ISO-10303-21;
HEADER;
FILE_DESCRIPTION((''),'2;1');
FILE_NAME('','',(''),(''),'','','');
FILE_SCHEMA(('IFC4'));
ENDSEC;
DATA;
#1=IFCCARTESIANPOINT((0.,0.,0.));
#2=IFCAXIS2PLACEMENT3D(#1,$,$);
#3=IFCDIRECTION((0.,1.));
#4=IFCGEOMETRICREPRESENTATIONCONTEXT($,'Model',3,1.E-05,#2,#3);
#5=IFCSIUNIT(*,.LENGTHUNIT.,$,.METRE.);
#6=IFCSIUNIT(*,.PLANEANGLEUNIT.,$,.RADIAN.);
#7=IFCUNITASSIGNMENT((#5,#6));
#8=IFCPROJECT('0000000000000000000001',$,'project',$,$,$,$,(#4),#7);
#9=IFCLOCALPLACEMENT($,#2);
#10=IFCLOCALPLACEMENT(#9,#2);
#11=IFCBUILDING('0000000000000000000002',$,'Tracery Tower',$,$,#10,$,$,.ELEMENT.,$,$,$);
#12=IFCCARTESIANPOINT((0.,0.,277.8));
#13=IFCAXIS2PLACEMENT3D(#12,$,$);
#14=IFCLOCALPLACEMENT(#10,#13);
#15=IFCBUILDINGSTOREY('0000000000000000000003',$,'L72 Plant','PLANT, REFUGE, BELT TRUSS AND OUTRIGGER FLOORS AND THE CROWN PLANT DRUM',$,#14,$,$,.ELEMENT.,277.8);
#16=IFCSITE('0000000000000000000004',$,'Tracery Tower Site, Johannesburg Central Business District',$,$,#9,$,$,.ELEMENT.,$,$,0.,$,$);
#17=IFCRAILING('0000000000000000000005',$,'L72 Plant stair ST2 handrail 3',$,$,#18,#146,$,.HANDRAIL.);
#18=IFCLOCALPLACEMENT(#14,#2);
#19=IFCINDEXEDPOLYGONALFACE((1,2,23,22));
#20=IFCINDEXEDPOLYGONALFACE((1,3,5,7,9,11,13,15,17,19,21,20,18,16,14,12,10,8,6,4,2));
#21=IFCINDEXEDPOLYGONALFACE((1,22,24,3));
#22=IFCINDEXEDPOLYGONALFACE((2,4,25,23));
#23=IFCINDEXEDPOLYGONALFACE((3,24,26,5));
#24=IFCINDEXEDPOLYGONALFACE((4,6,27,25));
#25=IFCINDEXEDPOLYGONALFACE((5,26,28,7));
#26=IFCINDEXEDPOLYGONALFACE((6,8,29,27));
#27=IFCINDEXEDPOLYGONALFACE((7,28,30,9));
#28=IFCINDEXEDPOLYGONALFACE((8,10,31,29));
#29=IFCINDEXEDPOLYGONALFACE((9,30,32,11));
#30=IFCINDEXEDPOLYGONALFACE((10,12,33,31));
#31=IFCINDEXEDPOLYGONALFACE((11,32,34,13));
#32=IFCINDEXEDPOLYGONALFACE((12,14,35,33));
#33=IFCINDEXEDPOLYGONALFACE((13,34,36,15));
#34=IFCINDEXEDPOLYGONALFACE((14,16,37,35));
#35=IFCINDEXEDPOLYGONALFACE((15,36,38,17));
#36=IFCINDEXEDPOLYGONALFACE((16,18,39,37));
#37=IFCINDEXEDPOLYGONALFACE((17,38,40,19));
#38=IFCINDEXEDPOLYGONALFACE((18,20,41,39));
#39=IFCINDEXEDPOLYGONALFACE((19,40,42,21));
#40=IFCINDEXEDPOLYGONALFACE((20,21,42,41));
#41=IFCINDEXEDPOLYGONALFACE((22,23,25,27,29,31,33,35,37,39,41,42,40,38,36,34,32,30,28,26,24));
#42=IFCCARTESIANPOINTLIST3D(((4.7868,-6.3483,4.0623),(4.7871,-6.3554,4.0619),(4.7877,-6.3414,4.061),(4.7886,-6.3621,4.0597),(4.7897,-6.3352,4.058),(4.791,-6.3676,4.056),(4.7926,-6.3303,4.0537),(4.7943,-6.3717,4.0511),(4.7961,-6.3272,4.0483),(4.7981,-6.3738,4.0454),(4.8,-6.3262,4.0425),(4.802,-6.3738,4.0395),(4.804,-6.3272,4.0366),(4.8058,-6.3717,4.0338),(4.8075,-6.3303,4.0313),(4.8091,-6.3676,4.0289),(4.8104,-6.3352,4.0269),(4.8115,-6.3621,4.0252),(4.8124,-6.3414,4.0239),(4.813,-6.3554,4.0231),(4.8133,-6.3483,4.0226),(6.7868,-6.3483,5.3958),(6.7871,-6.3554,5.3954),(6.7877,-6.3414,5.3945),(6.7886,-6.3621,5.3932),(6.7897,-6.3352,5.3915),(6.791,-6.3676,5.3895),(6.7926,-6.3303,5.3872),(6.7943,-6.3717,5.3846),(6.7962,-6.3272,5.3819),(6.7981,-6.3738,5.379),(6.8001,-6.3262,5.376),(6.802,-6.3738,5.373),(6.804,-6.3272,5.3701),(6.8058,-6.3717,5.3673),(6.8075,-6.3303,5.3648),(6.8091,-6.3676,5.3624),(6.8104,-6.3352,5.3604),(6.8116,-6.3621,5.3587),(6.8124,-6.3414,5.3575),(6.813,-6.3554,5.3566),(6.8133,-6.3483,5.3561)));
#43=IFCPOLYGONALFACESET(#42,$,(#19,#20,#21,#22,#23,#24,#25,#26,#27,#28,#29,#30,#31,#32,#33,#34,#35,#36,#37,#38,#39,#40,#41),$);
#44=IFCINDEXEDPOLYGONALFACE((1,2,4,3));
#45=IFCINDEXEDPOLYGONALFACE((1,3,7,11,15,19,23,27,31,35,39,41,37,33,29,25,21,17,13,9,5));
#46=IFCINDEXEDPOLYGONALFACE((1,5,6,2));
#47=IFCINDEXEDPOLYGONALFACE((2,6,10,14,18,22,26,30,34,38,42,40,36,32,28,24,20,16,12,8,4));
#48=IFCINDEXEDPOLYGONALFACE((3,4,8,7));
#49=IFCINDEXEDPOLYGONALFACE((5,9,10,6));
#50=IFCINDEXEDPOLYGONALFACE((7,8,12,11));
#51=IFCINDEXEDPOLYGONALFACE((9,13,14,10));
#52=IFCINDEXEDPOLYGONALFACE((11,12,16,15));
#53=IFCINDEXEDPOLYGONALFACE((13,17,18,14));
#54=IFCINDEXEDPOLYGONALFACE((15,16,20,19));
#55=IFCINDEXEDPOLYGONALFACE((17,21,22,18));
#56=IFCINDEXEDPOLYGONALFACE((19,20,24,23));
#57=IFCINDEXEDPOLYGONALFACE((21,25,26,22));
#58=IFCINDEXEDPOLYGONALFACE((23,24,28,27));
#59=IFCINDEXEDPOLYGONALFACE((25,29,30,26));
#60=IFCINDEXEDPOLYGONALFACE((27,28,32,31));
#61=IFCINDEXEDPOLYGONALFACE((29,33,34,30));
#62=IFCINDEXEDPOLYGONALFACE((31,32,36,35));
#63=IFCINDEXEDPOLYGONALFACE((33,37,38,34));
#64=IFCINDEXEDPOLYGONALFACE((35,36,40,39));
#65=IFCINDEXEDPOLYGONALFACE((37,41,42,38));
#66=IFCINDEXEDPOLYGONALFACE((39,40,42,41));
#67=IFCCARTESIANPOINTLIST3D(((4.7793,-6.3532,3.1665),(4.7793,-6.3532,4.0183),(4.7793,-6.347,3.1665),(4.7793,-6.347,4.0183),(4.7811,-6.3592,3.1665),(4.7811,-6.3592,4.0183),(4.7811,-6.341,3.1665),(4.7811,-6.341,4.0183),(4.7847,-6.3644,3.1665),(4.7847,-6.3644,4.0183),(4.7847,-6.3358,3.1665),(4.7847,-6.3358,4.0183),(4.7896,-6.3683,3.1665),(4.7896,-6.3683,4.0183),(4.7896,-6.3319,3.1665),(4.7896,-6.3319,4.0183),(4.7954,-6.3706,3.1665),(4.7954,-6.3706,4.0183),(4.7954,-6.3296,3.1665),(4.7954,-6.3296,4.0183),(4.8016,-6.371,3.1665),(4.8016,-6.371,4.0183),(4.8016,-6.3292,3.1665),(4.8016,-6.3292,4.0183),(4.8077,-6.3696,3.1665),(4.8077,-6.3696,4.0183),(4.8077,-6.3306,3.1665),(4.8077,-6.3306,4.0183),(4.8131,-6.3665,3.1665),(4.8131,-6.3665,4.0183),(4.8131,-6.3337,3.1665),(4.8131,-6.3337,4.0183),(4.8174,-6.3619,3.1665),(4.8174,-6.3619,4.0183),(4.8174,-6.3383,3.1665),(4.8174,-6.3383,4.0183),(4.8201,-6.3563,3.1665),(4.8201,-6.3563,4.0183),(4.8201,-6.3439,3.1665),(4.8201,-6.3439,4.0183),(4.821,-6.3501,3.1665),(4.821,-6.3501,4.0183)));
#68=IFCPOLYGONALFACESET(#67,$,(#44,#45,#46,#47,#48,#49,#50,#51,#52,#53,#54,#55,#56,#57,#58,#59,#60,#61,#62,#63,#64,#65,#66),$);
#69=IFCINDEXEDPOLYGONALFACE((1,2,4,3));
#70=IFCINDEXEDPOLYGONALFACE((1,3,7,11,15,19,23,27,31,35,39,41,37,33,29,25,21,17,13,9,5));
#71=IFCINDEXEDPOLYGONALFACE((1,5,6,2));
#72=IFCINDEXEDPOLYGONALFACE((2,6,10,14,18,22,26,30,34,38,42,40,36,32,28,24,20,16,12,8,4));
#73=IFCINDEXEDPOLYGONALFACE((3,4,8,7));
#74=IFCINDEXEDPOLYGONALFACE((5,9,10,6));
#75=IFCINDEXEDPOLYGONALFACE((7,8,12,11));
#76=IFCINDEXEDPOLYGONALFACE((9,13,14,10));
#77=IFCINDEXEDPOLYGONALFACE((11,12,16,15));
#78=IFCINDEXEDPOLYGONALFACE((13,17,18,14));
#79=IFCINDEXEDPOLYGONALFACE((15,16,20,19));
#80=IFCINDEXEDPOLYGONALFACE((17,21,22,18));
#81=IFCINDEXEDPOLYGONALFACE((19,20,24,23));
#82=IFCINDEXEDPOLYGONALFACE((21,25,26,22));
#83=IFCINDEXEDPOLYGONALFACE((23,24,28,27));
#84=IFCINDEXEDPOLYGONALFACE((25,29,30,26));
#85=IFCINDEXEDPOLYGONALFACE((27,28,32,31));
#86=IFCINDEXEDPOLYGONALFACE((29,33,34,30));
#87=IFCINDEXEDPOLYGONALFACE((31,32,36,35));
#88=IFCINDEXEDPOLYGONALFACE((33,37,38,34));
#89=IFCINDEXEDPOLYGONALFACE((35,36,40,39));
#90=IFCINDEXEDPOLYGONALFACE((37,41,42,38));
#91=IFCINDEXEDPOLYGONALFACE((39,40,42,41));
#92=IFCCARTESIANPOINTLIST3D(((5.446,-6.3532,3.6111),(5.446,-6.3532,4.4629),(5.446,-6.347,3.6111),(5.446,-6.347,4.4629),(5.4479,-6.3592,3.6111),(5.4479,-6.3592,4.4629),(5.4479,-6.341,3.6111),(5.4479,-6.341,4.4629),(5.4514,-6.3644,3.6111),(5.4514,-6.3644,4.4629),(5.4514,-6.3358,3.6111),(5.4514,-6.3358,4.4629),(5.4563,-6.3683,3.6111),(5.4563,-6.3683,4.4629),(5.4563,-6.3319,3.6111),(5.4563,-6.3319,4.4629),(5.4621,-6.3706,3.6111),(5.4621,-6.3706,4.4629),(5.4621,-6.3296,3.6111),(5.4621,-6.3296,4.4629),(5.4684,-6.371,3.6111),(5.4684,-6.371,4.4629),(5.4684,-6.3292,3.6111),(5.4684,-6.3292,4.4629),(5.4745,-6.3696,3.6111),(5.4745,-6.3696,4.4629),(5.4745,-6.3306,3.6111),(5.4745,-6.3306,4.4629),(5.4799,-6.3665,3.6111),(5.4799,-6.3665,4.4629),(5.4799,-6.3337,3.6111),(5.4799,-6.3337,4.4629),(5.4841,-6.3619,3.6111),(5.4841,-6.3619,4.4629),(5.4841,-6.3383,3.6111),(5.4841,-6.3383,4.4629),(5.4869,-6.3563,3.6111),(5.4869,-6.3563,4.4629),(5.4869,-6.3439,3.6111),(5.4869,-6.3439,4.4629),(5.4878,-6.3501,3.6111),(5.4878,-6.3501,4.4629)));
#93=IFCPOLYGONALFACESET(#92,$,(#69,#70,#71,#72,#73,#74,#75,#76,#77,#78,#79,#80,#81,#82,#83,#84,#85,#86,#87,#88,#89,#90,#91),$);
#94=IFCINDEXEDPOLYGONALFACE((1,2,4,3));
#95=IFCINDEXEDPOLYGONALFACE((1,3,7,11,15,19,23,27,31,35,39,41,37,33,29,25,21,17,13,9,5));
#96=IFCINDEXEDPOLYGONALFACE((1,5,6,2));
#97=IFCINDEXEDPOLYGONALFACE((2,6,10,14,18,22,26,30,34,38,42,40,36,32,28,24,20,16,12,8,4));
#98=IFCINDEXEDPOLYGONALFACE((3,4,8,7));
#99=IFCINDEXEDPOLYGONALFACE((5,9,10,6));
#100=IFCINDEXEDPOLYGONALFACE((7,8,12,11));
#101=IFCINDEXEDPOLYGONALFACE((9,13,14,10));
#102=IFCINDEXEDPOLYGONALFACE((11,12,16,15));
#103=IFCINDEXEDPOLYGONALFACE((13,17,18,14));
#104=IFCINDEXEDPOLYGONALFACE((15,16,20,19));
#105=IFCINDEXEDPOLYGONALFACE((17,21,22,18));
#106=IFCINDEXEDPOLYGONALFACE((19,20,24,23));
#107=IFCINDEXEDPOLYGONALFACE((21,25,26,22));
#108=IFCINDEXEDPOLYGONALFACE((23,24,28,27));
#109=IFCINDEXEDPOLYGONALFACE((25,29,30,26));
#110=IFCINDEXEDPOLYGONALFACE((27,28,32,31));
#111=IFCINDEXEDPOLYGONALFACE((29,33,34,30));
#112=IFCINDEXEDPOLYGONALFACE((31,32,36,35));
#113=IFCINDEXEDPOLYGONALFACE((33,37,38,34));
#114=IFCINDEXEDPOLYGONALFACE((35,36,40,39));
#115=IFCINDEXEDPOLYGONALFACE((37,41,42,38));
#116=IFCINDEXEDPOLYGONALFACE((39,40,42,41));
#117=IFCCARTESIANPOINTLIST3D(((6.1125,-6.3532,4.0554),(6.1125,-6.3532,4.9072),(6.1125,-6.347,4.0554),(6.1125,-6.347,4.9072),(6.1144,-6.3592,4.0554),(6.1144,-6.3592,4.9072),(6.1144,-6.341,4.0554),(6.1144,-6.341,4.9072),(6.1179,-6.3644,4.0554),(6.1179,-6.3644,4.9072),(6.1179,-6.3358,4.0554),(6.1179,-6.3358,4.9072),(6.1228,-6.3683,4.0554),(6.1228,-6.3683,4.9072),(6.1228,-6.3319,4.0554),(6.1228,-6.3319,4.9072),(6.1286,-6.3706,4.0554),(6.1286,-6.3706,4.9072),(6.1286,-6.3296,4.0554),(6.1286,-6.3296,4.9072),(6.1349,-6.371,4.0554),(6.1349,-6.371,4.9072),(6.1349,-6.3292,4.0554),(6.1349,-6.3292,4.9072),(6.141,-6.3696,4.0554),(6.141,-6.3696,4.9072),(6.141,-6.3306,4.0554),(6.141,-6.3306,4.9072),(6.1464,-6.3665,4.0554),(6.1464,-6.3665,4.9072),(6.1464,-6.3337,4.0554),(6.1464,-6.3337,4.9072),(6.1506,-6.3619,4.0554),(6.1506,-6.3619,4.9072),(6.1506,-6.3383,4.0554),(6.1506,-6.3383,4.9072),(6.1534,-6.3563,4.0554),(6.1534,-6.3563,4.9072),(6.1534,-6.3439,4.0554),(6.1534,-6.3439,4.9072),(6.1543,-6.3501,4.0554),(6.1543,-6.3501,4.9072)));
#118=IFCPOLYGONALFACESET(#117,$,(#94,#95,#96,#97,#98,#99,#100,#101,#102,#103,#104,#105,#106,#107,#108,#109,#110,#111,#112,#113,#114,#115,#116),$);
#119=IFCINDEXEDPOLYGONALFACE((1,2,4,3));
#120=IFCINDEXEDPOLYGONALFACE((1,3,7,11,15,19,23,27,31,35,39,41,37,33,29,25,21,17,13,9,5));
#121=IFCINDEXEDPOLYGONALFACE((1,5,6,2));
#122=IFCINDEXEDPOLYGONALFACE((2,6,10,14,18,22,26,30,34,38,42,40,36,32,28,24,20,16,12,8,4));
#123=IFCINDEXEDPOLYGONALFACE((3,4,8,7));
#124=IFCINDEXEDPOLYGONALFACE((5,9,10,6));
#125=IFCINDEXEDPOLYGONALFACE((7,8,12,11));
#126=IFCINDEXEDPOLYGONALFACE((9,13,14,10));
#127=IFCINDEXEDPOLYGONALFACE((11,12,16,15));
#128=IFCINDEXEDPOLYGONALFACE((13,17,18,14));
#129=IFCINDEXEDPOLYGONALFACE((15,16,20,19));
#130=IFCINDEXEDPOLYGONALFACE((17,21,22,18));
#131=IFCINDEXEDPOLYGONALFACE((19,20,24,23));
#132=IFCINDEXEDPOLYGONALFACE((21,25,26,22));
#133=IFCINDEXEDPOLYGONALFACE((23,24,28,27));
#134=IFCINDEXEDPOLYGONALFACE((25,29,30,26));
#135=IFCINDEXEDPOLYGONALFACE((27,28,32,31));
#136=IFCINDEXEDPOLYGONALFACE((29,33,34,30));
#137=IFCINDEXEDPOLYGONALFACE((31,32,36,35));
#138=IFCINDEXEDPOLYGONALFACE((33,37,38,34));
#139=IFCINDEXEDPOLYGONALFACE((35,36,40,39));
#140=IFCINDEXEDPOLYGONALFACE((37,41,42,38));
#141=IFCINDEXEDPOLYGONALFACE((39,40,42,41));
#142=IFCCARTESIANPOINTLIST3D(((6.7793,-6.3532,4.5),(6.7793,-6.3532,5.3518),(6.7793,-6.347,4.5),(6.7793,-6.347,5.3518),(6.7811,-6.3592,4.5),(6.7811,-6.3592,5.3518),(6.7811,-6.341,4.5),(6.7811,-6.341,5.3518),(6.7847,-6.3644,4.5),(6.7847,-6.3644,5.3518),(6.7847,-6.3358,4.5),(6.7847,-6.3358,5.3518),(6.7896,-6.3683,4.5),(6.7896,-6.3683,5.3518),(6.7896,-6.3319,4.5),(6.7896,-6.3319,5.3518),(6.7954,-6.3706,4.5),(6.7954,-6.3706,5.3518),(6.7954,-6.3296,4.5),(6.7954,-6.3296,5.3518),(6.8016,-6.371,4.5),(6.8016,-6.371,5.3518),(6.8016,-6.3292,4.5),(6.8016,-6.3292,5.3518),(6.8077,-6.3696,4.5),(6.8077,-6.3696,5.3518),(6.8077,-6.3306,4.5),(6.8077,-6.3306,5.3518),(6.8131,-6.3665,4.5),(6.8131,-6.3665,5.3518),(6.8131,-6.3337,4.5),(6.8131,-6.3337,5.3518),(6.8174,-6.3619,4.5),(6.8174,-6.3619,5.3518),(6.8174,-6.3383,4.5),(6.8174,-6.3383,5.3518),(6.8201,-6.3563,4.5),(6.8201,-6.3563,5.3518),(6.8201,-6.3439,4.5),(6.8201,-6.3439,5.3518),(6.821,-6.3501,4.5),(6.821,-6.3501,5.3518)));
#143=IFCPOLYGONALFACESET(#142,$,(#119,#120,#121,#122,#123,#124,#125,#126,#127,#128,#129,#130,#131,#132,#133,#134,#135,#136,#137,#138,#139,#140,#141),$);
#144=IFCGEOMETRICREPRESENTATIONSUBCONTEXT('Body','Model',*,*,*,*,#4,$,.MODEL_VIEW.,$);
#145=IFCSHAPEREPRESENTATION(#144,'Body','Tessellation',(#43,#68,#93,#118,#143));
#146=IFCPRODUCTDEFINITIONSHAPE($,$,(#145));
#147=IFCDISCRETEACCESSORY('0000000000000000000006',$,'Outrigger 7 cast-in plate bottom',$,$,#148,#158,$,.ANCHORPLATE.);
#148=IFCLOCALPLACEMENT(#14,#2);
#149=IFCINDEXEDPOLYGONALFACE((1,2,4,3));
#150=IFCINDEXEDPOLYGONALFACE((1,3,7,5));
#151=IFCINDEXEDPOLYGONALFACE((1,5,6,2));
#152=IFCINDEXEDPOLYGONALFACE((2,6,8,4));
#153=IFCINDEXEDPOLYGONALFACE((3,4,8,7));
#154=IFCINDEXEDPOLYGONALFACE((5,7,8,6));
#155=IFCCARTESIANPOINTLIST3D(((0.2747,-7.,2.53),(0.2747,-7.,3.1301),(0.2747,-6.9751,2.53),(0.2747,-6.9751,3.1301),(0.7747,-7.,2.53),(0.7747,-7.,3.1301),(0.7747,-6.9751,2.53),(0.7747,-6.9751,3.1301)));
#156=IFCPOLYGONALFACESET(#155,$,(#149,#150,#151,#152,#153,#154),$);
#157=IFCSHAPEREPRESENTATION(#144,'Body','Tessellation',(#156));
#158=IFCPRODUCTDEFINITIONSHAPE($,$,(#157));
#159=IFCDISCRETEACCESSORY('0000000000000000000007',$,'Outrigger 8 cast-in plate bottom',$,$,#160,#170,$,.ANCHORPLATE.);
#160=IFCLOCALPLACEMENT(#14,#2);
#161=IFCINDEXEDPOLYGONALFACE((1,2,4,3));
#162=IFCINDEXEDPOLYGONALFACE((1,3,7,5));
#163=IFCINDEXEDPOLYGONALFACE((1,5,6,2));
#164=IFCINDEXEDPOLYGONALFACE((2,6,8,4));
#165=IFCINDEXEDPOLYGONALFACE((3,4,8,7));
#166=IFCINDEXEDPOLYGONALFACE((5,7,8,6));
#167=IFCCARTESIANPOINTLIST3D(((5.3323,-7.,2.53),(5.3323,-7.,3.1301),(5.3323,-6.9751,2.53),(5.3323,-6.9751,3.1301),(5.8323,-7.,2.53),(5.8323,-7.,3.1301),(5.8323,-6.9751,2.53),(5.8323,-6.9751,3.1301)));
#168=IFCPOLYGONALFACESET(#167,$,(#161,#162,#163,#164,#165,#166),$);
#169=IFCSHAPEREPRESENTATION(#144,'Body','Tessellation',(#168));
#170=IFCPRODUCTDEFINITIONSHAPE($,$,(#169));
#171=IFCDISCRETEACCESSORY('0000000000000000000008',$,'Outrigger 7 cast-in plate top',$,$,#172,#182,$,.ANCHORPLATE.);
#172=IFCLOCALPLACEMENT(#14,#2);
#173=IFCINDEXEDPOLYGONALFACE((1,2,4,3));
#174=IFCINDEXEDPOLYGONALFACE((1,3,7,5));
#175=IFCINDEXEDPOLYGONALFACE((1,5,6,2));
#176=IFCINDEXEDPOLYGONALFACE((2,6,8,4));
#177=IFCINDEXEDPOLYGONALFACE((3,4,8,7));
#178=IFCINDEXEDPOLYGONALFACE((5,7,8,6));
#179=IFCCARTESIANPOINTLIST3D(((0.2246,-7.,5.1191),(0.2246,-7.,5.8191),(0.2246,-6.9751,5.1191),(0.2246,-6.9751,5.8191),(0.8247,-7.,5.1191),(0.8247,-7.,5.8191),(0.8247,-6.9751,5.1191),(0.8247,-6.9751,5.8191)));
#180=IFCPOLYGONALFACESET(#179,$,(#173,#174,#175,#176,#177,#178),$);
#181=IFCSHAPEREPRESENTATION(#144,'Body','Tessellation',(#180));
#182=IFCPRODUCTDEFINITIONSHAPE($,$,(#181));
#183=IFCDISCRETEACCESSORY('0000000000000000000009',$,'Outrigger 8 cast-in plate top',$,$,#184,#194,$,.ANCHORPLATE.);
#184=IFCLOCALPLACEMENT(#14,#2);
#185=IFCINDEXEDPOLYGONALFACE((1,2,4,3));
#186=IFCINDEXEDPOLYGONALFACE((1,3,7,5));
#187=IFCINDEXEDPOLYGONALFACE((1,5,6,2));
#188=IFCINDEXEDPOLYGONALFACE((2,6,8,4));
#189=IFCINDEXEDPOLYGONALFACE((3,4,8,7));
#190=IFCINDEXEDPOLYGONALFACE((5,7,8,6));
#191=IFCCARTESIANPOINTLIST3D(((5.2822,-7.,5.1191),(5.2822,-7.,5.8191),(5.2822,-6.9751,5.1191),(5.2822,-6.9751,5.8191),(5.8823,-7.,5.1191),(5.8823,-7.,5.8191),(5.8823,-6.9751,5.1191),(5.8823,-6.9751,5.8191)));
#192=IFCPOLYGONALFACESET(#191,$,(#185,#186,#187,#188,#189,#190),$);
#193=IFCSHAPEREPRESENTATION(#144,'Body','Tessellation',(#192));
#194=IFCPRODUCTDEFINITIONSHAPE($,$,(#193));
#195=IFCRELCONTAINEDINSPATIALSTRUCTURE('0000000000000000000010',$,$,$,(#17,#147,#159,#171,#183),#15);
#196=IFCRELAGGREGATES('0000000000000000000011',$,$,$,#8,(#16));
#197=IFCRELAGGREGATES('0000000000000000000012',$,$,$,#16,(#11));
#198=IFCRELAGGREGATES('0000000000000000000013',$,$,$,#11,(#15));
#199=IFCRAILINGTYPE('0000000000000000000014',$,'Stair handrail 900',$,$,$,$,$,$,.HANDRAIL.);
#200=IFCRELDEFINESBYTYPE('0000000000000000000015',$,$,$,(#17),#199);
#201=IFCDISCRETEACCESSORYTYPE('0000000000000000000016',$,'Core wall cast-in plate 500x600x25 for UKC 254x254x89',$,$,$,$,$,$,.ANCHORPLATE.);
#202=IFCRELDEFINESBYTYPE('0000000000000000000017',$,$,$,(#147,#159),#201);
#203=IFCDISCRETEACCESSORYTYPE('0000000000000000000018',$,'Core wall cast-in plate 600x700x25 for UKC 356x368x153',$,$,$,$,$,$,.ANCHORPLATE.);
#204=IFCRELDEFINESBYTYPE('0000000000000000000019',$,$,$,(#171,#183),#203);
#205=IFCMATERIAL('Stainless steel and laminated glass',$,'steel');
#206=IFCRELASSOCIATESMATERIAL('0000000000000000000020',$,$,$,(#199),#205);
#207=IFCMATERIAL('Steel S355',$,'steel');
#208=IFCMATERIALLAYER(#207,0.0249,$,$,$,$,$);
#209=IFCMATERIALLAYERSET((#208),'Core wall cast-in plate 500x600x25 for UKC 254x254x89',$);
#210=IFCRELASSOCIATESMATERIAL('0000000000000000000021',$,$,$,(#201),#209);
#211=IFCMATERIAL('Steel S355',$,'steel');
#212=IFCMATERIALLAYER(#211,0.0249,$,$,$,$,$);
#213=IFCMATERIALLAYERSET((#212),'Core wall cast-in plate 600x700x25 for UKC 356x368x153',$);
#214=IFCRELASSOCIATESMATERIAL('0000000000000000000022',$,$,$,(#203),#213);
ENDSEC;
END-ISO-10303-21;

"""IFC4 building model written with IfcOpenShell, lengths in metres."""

from ifc_helpers import new_model, si_unit, direction, frame, origin, origin_2d, place, context, subcontext, project, spatial, rectangle, circle, extrude, material, layer, layer_set, type_object, element, save


model = new_model("IFC4")

# Units and contexts
model_context = context("Model", 3, precision=1e-05, world=origin(), true_north=direction((0.0, 1.0)))
body_context = subcontext(model_context, "Body", "Model", "MODEL_VIEW")
ifc_project = project(units=[si_unit("LENGTHUNIT", "METRE"), si_unit("PLANEANGLEUNIT", "RADIAN")], contexts=[model_context])

# Site, building, storey
site_placement = place(None, origin())
site = spatial("IfcSite", under=ifc_project, at=site_placement, Name="Tracery Tower Site, Johannesburg Central Business District", CompositionType="ELEMENT", RefElevation=0.0)
building_placement = place(site_placement, origin())
building = spatial("IfcBuilding", under=site, at=building_placement, Name="Tracery Tower", CompositionType="ELEMENT")
storey_placement = place(building_placement, frame((0.0, 0.0, 277.8)))
storey = spatial("IfcBuildingStorey", under=building, at=storey_placement, Name="L72 Plant", Description="PLANT, REFUGE, BELT TRUSS AND OUTRIGGER FLOORS AND THE CROWN PLANT DRUM", CompositionType="ELEMENT", Elevation=277.8)

# Railing
ifc_material_1 = material(Name="Stainless steel and laminated glass", Category="steel")
railing_type_1 = type_object("IfcRailingType", Name="Stair handrail 900", PredefinedType="HANDRAIL", material=ifc_material_1)
for number, where, name in (
    (1, (4.8, -6.3501, 3.1665), "L72 Plant stair ST2 handrail 3"),
):
    element("IfcRailing", number, at=place(storey_placement, frame(where)), inside=storey, type_object=railing_type_1, Name=name, PredefinedType="HANDRAIL", context=body_context, shape_type="SweptSolid", body=[
        extrude(circle(Radius=0.0239, at=origin_2d()), frame((0.0, 0.0, 0.876), z_axis=(0.832019, 0.0, 0.554747), x_axis=(0.0, 1.0, 0.0)), (0.0, 0.0, 1.0), 2.4038),
        extrude(circle(Radius=0.021, at=origin_2d()), origin(), (0.0, 0.0, 1.0), 0.8518),
        extrude(circle(Radius=0.021, at=origin_2d()), frame((0.6667, 0.0, 0.4446)), (0.0, 0.0, 1.0), 0.8518),
        extrude(circle(Radius=0.021, at=origin_2d()), frame((1.3333, 0.0, 0.8889)), (0.0, 0.0, 1.0), 0.8518),
        extrude(circle(Radius=0.021, at=origin_2d()), frame((2.0, 0.0, 1.3335)), (0.0, 0.0, 1.0), 0.8518),
    ])

# Discrete accessories
ifc_material_2 = material(Name="Steel S355", Category="steel")
ifc_layer_1 = layer(ifc_material_2, 0.0249)
ifc_layer_set_1 = layer_set([ifc_layer_1], Name="Core wall cast-in plate 500x600x25 for UKC 254x254x89")
discrete_accessory_type_1 = type_object("IfcDiscreteAccessoryType", Name="Core wall cast-in plate 500x600x25 for UKC 254x254x89", PredefinedType="ANCHORPLATE", material=ifc_layer_set_1)
for number, where, z_axis, x_axis, name in (
    (2, (0.5247, -6.9875, 2.53), (0.0, 0.0, 1.0), (1.0, 0.0, 0.0), "Outrigger 7 cast-in plate bottom"),
    (3, (5.5823, -6.9875, 2.53), (0.0, 0.0, 1.0), (1.0, 0.0, 0.0), "Outrigger 8 cast-in plate bottom"),
):
    element("IfcDiscreteAccessory", number, at=place(storey_placement, frame(where, z_axis=z_axis, x_axis=x_axis)), inside=storey, type_object=discrete_accessory_type_1, Name=name, PredefinedType="ANCHORPLATE", context=body_context, shape_type="SweptSolid", body=[
        extrude(rectangle(XDim=0.5, YDim=0.0249, at=origin_2d()), origin(), (0.0, 0.0, 1.0), 0.6001),
    ])
ifc_material_3 = material(Name="Steel S355", Category="steel")
ifc_layer_2 = layer(ifc_material_3, 0.0249)
ifc_layer_set_2 = layer_set([ifc_layer_2], Name="Core wall cast-in plate 600x700x25 for UKC 356x368x153")
discrete_accessory_type_2 = type_object("IfcDiscreteAccessoryType", Name="Core wall cast-in plate 600x700x25 for UKC 356x368x153", PredefinedType="ANCHORPLATE", material=ifc_layer_set_2)
for number, where, z_axis, x_axis, name in (
    (4, (0.5247, -6.9875, 5.1191), (0.0, 0.0, 1.0), (1.0, 0.0, 0.0), "Outrigger 7 cast-in plate top"),
    (5, (5.5823, -6.9875, 5.1191), (0.0, 0.0, 1.0), (1.0, 0.0, 0.0), "Outrigger 8 cast-in plate top"),
):
    element("IfcDiscreteAccessory", number, at=place(storey_placement, frame(where, z_axis=z_axis, x_axis=x_axis)), inside=storey, type_object=discrete_accessory_type_2, Name=name, PredefinedType="ANCHORPLATE", context=body_context, shape_type="SweptSolid", body=[
        extrude(rectangle(XDim=0.6001, YDim=0.0249, at=origin_2d()), origin(), (0.0, 0.0, 1.0), 0.7),
    ])

save(model, "model.ifc")
